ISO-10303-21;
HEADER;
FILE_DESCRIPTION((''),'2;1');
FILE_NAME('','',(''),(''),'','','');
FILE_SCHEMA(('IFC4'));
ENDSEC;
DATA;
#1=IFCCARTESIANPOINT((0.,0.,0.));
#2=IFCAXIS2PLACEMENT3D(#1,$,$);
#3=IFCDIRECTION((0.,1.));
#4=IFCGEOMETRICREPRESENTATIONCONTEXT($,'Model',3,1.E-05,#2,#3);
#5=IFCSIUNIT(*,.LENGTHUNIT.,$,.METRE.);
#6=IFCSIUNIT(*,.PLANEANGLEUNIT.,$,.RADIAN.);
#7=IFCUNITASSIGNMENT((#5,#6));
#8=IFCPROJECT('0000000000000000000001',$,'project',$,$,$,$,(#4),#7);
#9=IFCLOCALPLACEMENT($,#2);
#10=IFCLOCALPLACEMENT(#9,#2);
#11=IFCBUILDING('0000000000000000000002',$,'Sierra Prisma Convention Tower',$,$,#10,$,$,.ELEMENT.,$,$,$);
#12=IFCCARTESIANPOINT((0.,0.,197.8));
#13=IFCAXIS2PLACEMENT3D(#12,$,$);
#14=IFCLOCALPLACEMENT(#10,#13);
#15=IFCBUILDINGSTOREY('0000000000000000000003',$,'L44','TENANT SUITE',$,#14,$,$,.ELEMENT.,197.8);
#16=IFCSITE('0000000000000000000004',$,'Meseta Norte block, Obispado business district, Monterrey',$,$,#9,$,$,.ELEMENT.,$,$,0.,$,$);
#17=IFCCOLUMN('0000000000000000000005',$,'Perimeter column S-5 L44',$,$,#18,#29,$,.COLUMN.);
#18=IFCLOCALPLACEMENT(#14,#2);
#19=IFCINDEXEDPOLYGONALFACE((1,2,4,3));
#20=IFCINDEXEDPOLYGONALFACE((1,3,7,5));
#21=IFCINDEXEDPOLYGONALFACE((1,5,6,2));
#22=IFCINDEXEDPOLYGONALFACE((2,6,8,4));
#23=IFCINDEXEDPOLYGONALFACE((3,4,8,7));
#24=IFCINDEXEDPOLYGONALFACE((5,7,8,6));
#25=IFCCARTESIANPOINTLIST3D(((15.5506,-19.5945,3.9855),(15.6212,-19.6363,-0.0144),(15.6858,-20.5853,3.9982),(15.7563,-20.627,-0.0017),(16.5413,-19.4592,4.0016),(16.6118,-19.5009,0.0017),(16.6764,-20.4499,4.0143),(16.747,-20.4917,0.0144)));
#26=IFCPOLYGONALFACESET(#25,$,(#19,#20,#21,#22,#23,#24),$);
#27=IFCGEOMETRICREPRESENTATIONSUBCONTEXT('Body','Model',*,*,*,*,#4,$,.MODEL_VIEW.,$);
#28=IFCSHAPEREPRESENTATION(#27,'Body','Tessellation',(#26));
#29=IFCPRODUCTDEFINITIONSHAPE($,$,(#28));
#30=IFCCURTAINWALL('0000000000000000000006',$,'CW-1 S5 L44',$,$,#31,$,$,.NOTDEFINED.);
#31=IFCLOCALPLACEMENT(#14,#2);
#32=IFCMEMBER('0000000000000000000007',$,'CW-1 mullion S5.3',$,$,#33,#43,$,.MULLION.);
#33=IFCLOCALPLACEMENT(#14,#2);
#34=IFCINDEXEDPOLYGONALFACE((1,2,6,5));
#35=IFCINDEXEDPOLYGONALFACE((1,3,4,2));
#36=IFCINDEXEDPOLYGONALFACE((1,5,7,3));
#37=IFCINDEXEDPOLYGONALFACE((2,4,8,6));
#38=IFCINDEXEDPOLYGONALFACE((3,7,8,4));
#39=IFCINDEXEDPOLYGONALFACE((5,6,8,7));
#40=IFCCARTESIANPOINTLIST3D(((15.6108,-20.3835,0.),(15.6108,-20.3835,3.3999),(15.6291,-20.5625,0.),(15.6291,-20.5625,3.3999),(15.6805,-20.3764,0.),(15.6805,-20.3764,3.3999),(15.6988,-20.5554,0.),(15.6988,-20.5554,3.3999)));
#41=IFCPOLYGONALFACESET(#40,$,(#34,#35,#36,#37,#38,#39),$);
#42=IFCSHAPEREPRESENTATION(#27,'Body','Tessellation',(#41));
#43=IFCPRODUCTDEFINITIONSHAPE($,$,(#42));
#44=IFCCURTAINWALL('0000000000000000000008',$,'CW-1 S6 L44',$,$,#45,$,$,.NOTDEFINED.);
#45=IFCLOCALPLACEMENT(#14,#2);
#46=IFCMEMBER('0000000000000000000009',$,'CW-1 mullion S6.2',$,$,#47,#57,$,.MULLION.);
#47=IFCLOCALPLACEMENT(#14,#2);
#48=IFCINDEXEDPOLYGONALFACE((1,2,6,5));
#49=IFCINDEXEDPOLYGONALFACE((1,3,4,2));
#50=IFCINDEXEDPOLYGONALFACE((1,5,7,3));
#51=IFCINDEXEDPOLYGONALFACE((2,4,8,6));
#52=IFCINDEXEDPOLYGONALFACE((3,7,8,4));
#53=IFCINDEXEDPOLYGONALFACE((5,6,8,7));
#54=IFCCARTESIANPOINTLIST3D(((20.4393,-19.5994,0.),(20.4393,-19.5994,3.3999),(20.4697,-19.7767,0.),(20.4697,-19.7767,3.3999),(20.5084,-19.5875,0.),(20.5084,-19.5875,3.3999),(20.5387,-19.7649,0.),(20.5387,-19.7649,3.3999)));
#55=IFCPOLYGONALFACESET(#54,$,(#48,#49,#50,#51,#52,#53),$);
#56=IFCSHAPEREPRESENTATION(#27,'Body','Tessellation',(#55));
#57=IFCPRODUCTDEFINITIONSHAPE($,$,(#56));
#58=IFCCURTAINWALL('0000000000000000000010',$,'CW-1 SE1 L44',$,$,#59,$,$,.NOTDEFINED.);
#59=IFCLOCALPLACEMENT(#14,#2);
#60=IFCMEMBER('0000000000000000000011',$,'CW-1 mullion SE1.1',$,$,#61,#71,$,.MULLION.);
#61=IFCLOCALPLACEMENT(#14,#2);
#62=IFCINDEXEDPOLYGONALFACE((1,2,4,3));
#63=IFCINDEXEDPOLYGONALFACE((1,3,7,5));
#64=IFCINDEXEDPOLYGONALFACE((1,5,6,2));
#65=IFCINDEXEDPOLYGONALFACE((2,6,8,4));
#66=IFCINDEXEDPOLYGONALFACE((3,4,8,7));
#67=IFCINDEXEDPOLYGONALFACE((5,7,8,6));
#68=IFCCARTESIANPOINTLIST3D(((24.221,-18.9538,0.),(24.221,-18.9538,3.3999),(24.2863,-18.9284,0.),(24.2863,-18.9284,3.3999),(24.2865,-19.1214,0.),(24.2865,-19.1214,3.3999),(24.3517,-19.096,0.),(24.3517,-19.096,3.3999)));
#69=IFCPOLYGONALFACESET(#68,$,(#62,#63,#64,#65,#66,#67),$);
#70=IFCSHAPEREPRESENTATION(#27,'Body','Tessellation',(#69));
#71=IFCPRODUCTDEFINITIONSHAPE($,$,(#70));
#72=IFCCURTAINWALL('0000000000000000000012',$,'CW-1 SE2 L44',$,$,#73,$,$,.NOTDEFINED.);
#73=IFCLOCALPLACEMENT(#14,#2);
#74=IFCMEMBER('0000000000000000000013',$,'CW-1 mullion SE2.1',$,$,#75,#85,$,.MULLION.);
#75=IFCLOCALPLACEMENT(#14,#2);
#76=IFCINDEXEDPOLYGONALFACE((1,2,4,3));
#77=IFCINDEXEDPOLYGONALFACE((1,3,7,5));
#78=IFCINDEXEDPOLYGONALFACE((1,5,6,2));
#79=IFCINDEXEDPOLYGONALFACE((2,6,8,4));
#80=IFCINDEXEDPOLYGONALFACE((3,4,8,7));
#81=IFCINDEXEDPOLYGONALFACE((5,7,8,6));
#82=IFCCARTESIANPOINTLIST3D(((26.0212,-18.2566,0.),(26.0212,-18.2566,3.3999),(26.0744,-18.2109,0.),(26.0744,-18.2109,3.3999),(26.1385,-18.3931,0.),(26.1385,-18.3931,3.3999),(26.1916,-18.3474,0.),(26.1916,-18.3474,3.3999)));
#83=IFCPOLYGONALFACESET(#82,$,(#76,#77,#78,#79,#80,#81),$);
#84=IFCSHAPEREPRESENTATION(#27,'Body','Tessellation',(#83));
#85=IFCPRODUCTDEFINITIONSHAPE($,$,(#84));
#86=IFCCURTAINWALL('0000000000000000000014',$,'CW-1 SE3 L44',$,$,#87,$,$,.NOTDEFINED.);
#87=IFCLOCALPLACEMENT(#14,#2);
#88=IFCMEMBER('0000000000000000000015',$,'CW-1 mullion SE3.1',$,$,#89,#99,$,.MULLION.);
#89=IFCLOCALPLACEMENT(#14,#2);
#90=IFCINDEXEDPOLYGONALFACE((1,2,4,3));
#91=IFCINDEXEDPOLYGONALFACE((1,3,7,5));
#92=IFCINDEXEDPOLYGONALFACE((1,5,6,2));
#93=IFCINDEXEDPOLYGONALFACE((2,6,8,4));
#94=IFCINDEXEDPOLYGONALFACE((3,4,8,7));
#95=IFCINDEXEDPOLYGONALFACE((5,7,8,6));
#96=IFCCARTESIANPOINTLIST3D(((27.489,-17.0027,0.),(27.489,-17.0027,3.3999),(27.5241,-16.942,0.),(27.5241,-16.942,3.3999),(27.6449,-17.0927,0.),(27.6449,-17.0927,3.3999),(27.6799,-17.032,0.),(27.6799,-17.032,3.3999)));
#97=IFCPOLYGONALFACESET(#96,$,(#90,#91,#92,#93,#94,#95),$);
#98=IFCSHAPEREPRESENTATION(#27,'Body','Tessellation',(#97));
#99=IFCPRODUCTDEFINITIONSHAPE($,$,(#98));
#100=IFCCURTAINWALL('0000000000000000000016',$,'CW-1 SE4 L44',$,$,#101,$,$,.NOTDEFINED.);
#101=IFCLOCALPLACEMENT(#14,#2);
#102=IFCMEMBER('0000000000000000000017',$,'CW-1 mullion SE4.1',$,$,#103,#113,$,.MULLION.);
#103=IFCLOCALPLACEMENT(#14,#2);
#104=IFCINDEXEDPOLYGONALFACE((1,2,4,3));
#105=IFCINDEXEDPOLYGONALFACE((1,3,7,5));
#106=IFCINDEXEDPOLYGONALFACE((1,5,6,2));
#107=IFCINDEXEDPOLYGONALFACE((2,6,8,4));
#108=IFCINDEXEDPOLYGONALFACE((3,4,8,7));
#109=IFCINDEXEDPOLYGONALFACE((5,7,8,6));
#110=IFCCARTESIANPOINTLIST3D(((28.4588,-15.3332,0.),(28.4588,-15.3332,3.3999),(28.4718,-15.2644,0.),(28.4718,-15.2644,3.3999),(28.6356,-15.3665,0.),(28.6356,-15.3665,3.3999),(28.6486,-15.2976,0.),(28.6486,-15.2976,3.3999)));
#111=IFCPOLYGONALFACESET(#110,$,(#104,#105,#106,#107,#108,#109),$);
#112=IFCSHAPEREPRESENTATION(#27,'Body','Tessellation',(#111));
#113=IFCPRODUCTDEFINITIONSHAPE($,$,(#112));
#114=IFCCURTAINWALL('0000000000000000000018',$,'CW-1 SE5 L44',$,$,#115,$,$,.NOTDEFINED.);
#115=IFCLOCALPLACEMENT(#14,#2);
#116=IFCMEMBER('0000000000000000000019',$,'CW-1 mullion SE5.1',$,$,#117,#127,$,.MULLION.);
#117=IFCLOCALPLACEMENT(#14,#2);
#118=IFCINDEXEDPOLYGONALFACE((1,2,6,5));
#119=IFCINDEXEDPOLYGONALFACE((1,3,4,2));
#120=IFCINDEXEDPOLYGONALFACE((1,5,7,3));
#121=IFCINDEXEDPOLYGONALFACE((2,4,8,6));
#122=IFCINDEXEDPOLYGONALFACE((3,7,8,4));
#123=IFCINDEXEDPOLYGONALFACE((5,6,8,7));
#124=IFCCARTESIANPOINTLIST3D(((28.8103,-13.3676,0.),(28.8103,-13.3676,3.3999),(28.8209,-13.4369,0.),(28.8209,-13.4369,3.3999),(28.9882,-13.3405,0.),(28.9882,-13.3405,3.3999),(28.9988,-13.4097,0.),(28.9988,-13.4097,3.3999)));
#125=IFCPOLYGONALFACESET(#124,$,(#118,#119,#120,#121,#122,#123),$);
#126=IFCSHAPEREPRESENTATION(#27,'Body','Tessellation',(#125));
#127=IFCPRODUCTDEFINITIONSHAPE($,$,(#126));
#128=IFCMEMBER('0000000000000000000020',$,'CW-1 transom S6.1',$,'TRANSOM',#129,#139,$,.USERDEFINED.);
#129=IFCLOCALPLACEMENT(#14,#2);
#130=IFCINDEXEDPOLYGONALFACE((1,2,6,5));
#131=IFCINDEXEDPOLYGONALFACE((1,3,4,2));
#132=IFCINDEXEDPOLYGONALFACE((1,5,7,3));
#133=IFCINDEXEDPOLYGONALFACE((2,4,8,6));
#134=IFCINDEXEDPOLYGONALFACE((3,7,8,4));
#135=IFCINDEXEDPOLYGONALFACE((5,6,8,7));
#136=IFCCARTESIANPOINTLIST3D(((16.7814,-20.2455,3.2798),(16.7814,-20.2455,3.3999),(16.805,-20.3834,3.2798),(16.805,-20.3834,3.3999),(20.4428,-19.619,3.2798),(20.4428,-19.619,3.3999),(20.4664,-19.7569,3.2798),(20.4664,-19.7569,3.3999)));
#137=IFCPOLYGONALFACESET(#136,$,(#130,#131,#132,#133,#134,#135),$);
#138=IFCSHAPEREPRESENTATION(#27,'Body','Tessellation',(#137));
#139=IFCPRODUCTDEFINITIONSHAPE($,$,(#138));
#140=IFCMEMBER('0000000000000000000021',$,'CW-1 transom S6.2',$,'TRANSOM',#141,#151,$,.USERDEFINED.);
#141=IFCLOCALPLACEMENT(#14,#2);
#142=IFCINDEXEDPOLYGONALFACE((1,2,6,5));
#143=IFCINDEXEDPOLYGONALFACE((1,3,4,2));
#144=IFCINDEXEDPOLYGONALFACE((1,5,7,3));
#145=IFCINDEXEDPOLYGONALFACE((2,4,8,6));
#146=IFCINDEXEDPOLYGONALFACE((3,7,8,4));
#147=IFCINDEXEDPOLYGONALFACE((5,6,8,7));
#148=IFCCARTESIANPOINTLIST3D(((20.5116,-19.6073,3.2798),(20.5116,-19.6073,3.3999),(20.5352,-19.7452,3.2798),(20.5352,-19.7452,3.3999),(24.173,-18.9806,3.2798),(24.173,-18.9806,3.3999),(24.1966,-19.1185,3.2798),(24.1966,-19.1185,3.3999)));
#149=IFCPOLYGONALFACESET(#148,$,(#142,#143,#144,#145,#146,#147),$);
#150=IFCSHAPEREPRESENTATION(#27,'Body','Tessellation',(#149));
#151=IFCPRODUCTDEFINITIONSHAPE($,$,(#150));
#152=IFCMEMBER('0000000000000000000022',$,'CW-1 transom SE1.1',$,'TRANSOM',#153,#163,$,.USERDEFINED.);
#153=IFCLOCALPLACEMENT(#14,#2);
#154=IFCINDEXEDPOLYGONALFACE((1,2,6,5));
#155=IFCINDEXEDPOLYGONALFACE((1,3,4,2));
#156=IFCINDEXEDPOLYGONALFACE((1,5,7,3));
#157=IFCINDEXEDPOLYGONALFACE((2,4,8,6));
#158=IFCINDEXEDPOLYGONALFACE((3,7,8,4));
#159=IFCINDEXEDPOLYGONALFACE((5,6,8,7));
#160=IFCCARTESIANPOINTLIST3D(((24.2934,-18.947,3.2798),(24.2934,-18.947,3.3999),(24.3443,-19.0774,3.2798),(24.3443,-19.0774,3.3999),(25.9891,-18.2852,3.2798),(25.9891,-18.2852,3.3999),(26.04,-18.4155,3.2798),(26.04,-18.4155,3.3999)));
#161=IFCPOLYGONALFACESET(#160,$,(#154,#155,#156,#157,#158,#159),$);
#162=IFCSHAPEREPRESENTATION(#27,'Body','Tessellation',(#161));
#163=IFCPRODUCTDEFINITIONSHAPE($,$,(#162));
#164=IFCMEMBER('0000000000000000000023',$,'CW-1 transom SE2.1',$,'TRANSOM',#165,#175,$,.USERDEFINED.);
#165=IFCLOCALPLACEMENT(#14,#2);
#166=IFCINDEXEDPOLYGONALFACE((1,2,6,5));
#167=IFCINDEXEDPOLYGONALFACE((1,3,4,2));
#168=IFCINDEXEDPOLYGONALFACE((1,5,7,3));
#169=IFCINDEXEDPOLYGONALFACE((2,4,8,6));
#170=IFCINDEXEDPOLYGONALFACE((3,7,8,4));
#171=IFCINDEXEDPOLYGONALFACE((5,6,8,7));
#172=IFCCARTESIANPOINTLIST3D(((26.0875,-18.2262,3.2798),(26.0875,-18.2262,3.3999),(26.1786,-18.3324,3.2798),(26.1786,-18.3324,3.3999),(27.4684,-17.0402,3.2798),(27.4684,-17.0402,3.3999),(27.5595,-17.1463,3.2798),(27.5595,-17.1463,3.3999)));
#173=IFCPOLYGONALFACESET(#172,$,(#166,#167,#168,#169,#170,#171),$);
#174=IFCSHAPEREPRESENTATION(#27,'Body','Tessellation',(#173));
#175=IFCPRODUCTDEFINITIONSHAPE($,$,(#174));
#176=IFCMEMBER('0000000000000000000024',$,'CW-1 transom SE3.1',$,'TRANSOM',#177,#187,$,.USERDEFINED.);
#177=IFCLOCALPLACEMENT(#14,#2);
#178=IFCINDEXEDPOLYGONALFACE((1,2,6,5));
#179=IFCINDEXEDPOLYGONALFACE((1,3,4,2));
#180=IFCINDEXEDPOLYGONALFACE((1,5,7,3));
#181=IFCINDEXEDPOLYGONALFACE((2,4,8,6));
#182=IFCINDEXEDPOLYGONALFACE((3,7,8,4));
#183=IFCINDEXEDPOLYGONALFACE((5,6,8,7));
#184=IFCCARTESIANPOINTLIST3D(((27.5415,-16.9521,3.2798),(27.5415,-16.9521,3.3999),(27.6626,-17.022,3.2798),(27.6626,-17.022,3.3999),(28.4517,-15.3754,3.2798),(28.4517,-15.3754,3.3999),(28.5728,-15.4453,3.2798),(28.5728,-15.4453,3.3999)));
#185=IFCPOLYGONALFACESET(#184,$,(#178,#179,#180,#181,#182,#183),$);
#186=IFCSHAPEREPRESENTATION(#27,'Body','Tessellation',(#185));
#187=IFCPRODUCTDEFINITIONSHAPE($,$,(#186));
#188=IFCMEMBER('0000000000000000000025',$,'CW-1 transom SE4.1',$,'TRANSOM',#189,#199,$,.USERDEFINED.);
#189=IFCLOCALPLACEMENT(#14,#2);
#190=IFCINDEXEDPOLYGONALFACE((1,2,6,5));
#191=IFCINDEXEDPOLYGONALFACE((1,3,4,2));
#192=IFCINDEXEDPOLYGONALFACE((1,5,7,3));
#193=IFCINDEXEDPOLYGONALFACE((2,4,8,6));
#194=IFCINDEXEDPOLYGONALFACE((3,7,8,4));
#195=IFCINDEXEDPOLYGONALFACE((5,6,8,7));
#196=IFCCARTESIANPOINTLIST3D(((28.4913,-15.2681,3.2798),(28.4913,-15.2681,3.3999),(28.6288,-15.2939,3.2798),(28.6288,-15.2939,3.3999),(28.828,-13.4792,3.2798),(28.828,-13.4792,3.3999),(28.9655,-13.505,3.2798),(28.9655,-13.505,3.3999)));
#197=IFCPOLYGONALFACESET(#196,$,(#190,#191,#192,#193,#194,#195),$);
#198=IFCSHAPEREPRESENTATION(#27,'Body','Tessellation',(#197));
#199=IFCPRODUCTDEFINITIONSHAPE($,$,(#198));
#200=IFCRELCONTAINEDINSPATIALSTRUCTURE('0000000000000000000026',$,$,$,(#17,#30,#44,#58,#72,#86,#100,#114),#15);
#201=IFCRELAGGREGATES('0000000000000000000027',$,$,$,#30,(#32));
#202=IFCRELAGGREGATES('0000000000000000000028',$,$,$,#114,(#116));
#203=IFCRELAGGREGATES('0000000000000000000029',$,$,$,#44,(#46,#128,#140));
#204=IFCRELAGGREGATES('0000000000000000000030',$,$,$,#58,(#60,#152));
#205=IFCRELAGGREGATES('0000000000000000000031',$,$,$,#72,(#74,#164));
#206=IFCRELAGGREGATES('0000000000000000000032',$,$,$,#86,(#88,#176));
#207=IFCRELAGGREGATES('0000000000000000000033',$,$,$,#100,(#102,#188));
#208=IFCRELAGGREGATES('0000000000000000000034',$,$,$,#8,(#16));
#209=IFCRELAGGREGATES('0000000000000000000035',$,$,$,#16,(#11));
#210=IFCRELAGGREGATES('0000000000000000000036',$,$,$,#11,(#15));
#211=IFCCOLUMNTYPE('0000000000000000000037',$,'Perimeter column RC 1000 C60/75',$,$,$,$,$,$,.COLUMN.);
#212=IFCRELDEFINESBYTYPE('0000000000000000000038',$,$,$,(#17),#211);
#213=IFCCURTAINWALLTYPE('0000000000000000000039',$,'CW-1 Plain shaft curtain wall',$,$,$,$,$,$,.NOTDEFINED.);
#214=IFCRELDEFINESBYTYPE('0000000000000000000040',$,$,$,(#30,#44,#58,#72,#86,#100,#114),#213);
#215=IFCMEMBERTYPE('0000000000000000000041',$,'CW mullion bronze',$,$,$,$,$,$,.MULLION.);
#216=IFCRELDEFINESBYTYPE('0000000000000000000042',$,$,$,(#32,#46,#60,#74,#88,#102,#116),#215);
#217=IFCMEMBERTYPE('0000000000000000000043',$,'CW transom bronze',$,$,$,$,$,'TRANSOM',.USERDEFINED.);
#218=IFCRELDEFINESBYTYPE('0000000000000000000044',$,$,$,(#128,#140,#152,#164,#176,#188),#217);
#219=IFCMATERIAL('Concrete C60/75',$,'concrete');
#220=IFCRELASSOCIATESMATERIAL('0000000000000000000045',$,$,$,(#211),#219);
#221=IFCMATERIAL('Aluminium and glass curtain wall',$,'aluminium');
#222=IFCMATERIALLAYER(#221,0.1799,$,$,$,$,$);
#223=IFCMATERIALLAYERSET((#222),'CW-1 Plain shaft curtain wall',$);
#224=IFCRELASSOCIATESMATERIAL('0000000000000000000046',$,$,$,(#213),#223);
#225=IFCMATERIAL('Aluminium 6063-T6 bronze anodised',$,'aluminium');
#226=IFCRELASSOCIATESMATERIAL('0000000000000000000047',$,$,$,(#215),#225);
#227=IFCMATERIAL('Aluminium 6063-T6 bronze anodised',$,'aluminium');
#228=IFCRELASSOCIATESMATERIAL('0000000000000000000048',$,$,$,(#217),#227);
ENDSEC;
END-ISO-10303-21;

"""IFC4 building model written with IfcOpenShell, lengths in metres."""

from ifc_helpers import new_model, si_unit, direction, frame, origin, origin_2d, place, context, subcontext, project, spatial, rectangle, extrude, material, layer, layer_set, material_profile, profile_set, type_object, element, aggregate, save


model = new_model("IFC4")

# Units and contexts
model_context = context("Model", 3, precision=1e-05, world=origin(), true_north=direction((0.0, 1.0)))
body_context = subcontext(model_context, "Body", "Model", "MODEL_VIEW")
ifc_project = project(units=[si_unit("LENGTHUNIT", "METRE"), si_unit("PLANEANGLEUNIT", "RADIAN")], contexts=[model_context])

# Site, building, storey
site_placement = place(None, origin())
site = spatial("IfcSite", under=ifc_project, at=site_placement, Name="Meseta Norte block, Obispado business district, Monterrey", CompositionType="ELEMENT", RefElevation=0.0)
building_placement = place(site_placement, origin())
building = spatial("IfcBuilding", under=site, at=building_placement, Name="Sierra Prisma Convention Tower", CompositionType="ELEMENT")
storey_placement = place(building_placement, frame((0.0, 0.0, 197.8)))
storey = spatial("IfcBuildingStorey", under=building, at=storey_placement, Name="L44", Description="TENANT SUITE", CompositionType="ELEMENT", Elevation=197.8)

# Column
ifc_material_1 = material(Name="Concrete C60/75", Category="concrete")
ifc_material_profile_1 = material_profile(ifc_material_1, rectangle(XDim=1.0, YDim=1.0, at=origin_2d()), Name="Perimeter column RC 1000 C60/75")
ifc_profile_set_1 = profile_set([ifc_material_profile_1], Name="Concrete C60/75")
column_type = type_object("IfcColumnType", Name="Perimeter column RC 1000 C60/75", PredefinedType="COLUMN", material=ifc_profile_set_1)
column_placement = place(storey_placement, frame((16.1841, -20.064, 0.0), z_axis=(-0.017635, 0.010435, 0.99979), x_axis=(0.990667, 0.135358, 0.016062)))
element("IfcColumn", 1, at=column_placement, inside=storey, type_object=column_type, Name="Perimeter column S-5 L44", PredefinedType="COLUMN", context=body_context, shape_type="SweptSolid", body=[
    extrude(rectangle(XDim=1.0, YDim=1.0, at=origin_2d()), origin(), (0.0, 0.0, 1.0), 4.0007),
])

# Curtain walls, members
ifc_material_2 = material(Name="Aluminium and glass curtain wall", Category="aluminium")
ifc_layer_1 = layer(ifc_material_2, 0.1799)
ifc_layer_set_1 = layer_set([ifc_layer_1], Name="CW-1 Plain shaft curtain wall")
curtain_wall_type = type_object("IfcCurtainWallType", Name="CW-1 Plain shaft curtain wall", PredefinedType="NOTDEFINED", material=ifc_layer_set_1)
curtain_wall_1_placement = place(storey_placement, origin())
curtain_wall_1 = element("IfcCurtainWall", 2, at=curtain_wall_1_placement, inside=storey, type_object=curtain_wall_type, Name="CW-1 S5 L44", PredefinedType="NOTDEFINED")
ifc_material_3 = material(Name="Aluminium 6063-T6 bronze anodised", Category="aluminium")
ifc_material_profile_2 = material_profile(ifc_material_3, rectangle(XDim=0.1799, YDim=0.0701, at=origin_2d()), Name="ALU MULLION 70x180")
ifc_profile_set_2 = profile_set([ifc_material_profile_2], Name="Aluminium 6063-T6 bronze anodised")
member_type_1 = type_object("IfcMemberType", Name="CW mullion bronze", PredefinedType="MULLION", material=ifc_profile_set_2)
member_1_placement = place(storey_placement, frame((15.6548, -20.4695, 0.0), z_axis=(0.0, 0.0, 1.0), x_axis=(-0.101523, 0.994833, 0.0)))
member_1 = element("IfcMember", 3, at=member_1_placement, type_object=member_type_1, Name="CW-1 mullion S5.3", PredefinedType="MULLION", context=body_context, shape_type="SweptSolid", body=[
    extrude(rectangle(XDim=0.1799, YDim=0.0701, at=origin_2d()), origin(), (0.0, 0.0, 1.0), 3.3999),
])
aggregate(curtain_wall_1, [member_1])
curtain_wall_2_placement = place(storey_placement, origin())
curtain_wall_2 = element("IfcCurtainWall", 4, at=curtain_wall_2_placement, inside=storey, type_object=curtain_wall_type, Name="CW-1 S6 L44", PredefinedType="NOTDEFINED")
member_2_placement = place(storey_placement, frame((20.489, -19.6821, 0.0), z_axis=(0.0, 0.0, 1.0), x_axis=(-0.168687, 0.98567, 0.0)))
member_2 = element("IfcMember", 5, at=member_2_placement, type_object=member_type_1, Name="CW-1 mullion S6.2", PredefinedType="MULLION", context=body_context, shape_type="SweptSolid", body=[
    extrude(rectangle(XDim=0.1799, YDim=0.0701, at=origin_2d()), origin(), (0.0, 0.0, 1.0), 3.3999),
])
curtain_wall_3_placement = place(storey_placement, origin())
curtain_wall_3 = element("IfcCurtainWall", 6, at=curtain_wall_3_placement, inside=storey, type_object=curtain_wall_type, Name="CW-1 SE1 L44", PredefinedType="NOTDEFINED")
member_3_placement = place(storey_placement, frame((24.2864, -19.0249, 0.0), z_axis=(0.0, 0.0, 1.0), x_axis=(-0.363626, 0.931545, 0.0)))
member_3 = element("IfcMember", 7, at=member_3_placement, type_object=member_type_1, Name="CW-1 mullion SE1.1", PredefinedType="MULLION", context=body_context, shape_type="SweptSolid", body=[
    extrude(rectangle(XDim=0.1799, YDim=0.0701, at=origin_2d()), origin(), (0.0, 0.0, 1.0), 3.3999),
])
curtain_wall_4_placement = place(storey_placement, origin())
curtain_wall_4 = element("IfcCurtainWall", 8, at=curtain_wall_4_placement, inside=storey, type_object=curtain_wall_type, Name="CW-1 SE2 L44", PredefinedType="NOTDEFINED")
member_4_placement = place(storey_placement, frame((26.1064, -18.302, 0.0), z_axis=(0.0, 0.0, 1.0), x_axis=(-0.651589, 0.758572, 0.0)))
member_4 = element("IfcMember", 9, at=member_4_placement, type_object=member_type_1, Name="CW-1 mullion SE2.1", PredefinedType="MULLION", context=body_context, shape_type="SweptSolid", body=[
    extrude(rectangle(XDim=0.1799, YDim=0.0701, at=origin_2d()), origin(), (0.0, 0.0, 1.0), 3.3999),
])
curtain_wall_5_placement = place(storey_placement, origin())
curtain_wall_5 = element("IfcCurtainWall", 10, at=curtain_wall_5_placement, inside=storey, type_object=curtain_wall_type, Name="CW-1 SE3 L44", PredefinedType="NOTDEFINED")
member_5_placement = place(storey_placement, frame((27.5845, -17.0173, 0.0), z_axis=(0.0, 0.0, 1.0), x_axis=(-0.866025, 0.5, 0.0)))
member_5 = element("IfcMember", 11, at=member_5_placement, type_object=member_type_1, Name="CW-1 mullion SE3.1", PredefinedType="MULLION", context=body_context, shape_type="SweptSolid", body=[
    extrude(rectangle(XDim=0.1799, YDim=0.0701, at=origin_2d()), origin(), (0.0, 0.0, 1.0), 3.3999),
])
curtain_wall_6_placement = place(storey_placement, origin())
curtain_wall_6 = element("IfcCurtainWall", 12, at=curtain_wall_6_placement, inside=storey, type_object=curtain_wall_type, Name="CW-1 SE4 L44", PredefinedType="NOTDEFINED")
member_6_placement = place(storey_placement, frame((28.5537, -15.3154, 0.0), z_axis=(0.0, 0.0, 1.0), x_axis=(-0.982737, 0.185007, 0.0)))
member_6 = element("IfcMember", 13, at=member_6_placement, type_object=member_type_1, Name="CW-1 mullion SE4.1", PredefinedType="MULLION", context=body_context, shape_type="SweptSolid", body=[
    extrude(rectangle(XDim=0.1799, YDim=0.0701, at=origin_2d()), origin(), (0.0, 0.0, 1.0), 3.3999),
])
curtain_wall_7_placement = place(storey_placement, origin())
curtain_wall_7 = element("IfcCurtainWall", 14, at=curtain_wall_7_placement, inside=storey, type_object=curtain_wall_type, Name="CW-1 SE5 L44", PredefinedType="NOTDEFINED")
member_7_placement = place(storey_placement, frame((28.9045, -13.3887, 0.0), z_axis=(0.0, 0.0, 1.0), x_axis=(-0.988555, -0.150864, 0.0)))
member_7 = element("IfcMember", 15, at=member_7_placement, type_object=member_type_1, Name="CW-1 mullion SE5.1", PredefinedType="MULLION", context=body_context, shape_type="SweptSolid", body=[
    extrude(rectangle(XDim=0.1799, YDim=0.0701, at=origin_2d()), origin(), (0.0, 0.0, 1.0), 3.3999),
])
aggregate(curtain_wall_7, [member_7])

# Members
ifc_material_4 = material(Name="Aluminium 6063-T6 bronze anodised", Category="aluminium")
ifc_material_profile_3 = material_profile(ifc_material_4, rectangle(XDim=0.1399, YDim=0.1201, at=origin_2d()), Name="ALU TRANSOM 120x140")
ifc_profile_set_3 = profile_set([ifc_material_profile_3], Name="Aluminium 6063-T6 bronze anodised")
member_type_2 = type_object("IfcMemberType", Name="CW transom bronze", ElementType="TRANSOM", PredefinedType="USERDEFINED", material=ifc_profile_set_3)
member_8_placement = place(storey_placement, frame((16.7932, -20.3145, 3.3398), z_axis=(0.985676, 0.16865, 0.0), x_axis=(-0.16865, 0.985676, 0.0)))
member_8 = element("IfcMember", 16, at=member_8_placement, type_object=member_type_2, Name="CW-1 transom S6.1", ObjectType="TRANSOM", PredefinedType="USERDEFINED", context=body_context, shape_type="SweptSolid", body=[
    extrude(rectangle(XDim=0.1399, YDim=0.1201, at=origin_2d()), origin(), (0.0, 0.0, 1.0), 3.7146),
])
member_9_placement = place(storey_placement, frame((20.5234, -19.6763, 3.3398), z_axis=(0.985665, 0.168714, 0.0), x_axis=(-0.168714, 0.985665, 0.0)))
member_9 = element("IfcMember", 17, at=member_9_placement, type_object=member_type_2, Name="CW-1 transom S6.2", ObjectType="TRANSOM", PredefinedType="USERDEFINED", context=body_context, shape_type="SweptSolid", body=[
    extrude(rectangle(XDim=0.1399, YDim=0.1201, at=origin_2d()), origin(), (0.0, 0.0, 1.0), 3.7146),
])
member_10_placement = place(storey_placement, frame((24.3188, -19.0122, 3.3398), z_axis=(0.931561, 0.363585, 0.0), x_axis=(-0.363585, 0.931561, 0.0)))
member_10 = element("IfcMember", 18, at=member_10_placement, type_object=member_type_2, Name="CW-1 transom SE1.1", ObjectType="TRANSOM", PredefinedType="USERDEFINED", context=body_context, shape_type="SweptSolid", body=[
    extrude(rectangle(XDim=0.1399, YDim=0.1201, at=origin_2d()), origin(), (0.0, 0.0, 1.0), 1.8203),
])
member_11_placement = place(storey_placement, frame((26.1331, -18.2793, 3.3398), z_axis=(0.758593, 0.651564, 0.0), x_axis=(-0.651564, 0.758593, 0.0)))
member_11 = element("IfcMember", 19, at=member_11_placement, type_object=member_type_2, Name="CW-1 transom SE2.1", ObjectType="TRANSOM", PredefinedType="USERDEFINED", context=body_context, shape_type="SweptSolid", body=[
    extrude(rectangle(XDim=0.1399, YDim=0.1201, at=origin_2d()), origin(), (0.0, 0.0, 1.0), 1.8203),
])
member_12_placement = place(storey_placement, frame((27.6021, -16.9871, 3.3398), z_axis=(0.499947, 0.866056, 0.0), x_axis=(-0.866056, 0.499947, 0.0)))
member_12 = element("IfcMember", 20, at=member_12_placement, type_object=member_type_2, Name="CW-1 transom SE3.1", ObjectType="TRANSOM", PredefinedType="USERDEFINED", context=body_context, shape_type="SweptSolid", body=[
    extrude(rectangle(XDim=0.1399, YDim=0.1201, at=origin_2d()), origin(), (0.0, 0.0, 1.0), 1.8206),
])
member_13_placement = place(storey_placement, frame((28.5601, -15.281, 3.3398), z_axis=(0.184961, 0.982746, 0.0), x_axis=(-0.982746, 0.184961, 0.0)))
member_13 = element("IfcMember", 21, at=member_13_placement, type_object=member_type_2, Name="CW-1 transom SE4.1", ObjectType="TRANSOM", PredefinedType="USERDEFINED", context=body_context, shape_type="SweptSolid", body=[
    extrude(rectangle(XDim=0.1399, YDim=0.1201, at=origin_2d()), origin(), (0.0, 0.0, 1.0), 1.8203),
])

aggregate(curtain_wall_2, [member_2, member_8, member_9])
aggregate(curtain_wall_3, [member_3, member_10])
aggregate(curtain_wall_4, [member_4, member_11])
aggregate(curtain_wall_5, [member_5, member_12])
aggregate(curtain_wall_6, [member_6, member_13])

save(model, "model.ifc")
